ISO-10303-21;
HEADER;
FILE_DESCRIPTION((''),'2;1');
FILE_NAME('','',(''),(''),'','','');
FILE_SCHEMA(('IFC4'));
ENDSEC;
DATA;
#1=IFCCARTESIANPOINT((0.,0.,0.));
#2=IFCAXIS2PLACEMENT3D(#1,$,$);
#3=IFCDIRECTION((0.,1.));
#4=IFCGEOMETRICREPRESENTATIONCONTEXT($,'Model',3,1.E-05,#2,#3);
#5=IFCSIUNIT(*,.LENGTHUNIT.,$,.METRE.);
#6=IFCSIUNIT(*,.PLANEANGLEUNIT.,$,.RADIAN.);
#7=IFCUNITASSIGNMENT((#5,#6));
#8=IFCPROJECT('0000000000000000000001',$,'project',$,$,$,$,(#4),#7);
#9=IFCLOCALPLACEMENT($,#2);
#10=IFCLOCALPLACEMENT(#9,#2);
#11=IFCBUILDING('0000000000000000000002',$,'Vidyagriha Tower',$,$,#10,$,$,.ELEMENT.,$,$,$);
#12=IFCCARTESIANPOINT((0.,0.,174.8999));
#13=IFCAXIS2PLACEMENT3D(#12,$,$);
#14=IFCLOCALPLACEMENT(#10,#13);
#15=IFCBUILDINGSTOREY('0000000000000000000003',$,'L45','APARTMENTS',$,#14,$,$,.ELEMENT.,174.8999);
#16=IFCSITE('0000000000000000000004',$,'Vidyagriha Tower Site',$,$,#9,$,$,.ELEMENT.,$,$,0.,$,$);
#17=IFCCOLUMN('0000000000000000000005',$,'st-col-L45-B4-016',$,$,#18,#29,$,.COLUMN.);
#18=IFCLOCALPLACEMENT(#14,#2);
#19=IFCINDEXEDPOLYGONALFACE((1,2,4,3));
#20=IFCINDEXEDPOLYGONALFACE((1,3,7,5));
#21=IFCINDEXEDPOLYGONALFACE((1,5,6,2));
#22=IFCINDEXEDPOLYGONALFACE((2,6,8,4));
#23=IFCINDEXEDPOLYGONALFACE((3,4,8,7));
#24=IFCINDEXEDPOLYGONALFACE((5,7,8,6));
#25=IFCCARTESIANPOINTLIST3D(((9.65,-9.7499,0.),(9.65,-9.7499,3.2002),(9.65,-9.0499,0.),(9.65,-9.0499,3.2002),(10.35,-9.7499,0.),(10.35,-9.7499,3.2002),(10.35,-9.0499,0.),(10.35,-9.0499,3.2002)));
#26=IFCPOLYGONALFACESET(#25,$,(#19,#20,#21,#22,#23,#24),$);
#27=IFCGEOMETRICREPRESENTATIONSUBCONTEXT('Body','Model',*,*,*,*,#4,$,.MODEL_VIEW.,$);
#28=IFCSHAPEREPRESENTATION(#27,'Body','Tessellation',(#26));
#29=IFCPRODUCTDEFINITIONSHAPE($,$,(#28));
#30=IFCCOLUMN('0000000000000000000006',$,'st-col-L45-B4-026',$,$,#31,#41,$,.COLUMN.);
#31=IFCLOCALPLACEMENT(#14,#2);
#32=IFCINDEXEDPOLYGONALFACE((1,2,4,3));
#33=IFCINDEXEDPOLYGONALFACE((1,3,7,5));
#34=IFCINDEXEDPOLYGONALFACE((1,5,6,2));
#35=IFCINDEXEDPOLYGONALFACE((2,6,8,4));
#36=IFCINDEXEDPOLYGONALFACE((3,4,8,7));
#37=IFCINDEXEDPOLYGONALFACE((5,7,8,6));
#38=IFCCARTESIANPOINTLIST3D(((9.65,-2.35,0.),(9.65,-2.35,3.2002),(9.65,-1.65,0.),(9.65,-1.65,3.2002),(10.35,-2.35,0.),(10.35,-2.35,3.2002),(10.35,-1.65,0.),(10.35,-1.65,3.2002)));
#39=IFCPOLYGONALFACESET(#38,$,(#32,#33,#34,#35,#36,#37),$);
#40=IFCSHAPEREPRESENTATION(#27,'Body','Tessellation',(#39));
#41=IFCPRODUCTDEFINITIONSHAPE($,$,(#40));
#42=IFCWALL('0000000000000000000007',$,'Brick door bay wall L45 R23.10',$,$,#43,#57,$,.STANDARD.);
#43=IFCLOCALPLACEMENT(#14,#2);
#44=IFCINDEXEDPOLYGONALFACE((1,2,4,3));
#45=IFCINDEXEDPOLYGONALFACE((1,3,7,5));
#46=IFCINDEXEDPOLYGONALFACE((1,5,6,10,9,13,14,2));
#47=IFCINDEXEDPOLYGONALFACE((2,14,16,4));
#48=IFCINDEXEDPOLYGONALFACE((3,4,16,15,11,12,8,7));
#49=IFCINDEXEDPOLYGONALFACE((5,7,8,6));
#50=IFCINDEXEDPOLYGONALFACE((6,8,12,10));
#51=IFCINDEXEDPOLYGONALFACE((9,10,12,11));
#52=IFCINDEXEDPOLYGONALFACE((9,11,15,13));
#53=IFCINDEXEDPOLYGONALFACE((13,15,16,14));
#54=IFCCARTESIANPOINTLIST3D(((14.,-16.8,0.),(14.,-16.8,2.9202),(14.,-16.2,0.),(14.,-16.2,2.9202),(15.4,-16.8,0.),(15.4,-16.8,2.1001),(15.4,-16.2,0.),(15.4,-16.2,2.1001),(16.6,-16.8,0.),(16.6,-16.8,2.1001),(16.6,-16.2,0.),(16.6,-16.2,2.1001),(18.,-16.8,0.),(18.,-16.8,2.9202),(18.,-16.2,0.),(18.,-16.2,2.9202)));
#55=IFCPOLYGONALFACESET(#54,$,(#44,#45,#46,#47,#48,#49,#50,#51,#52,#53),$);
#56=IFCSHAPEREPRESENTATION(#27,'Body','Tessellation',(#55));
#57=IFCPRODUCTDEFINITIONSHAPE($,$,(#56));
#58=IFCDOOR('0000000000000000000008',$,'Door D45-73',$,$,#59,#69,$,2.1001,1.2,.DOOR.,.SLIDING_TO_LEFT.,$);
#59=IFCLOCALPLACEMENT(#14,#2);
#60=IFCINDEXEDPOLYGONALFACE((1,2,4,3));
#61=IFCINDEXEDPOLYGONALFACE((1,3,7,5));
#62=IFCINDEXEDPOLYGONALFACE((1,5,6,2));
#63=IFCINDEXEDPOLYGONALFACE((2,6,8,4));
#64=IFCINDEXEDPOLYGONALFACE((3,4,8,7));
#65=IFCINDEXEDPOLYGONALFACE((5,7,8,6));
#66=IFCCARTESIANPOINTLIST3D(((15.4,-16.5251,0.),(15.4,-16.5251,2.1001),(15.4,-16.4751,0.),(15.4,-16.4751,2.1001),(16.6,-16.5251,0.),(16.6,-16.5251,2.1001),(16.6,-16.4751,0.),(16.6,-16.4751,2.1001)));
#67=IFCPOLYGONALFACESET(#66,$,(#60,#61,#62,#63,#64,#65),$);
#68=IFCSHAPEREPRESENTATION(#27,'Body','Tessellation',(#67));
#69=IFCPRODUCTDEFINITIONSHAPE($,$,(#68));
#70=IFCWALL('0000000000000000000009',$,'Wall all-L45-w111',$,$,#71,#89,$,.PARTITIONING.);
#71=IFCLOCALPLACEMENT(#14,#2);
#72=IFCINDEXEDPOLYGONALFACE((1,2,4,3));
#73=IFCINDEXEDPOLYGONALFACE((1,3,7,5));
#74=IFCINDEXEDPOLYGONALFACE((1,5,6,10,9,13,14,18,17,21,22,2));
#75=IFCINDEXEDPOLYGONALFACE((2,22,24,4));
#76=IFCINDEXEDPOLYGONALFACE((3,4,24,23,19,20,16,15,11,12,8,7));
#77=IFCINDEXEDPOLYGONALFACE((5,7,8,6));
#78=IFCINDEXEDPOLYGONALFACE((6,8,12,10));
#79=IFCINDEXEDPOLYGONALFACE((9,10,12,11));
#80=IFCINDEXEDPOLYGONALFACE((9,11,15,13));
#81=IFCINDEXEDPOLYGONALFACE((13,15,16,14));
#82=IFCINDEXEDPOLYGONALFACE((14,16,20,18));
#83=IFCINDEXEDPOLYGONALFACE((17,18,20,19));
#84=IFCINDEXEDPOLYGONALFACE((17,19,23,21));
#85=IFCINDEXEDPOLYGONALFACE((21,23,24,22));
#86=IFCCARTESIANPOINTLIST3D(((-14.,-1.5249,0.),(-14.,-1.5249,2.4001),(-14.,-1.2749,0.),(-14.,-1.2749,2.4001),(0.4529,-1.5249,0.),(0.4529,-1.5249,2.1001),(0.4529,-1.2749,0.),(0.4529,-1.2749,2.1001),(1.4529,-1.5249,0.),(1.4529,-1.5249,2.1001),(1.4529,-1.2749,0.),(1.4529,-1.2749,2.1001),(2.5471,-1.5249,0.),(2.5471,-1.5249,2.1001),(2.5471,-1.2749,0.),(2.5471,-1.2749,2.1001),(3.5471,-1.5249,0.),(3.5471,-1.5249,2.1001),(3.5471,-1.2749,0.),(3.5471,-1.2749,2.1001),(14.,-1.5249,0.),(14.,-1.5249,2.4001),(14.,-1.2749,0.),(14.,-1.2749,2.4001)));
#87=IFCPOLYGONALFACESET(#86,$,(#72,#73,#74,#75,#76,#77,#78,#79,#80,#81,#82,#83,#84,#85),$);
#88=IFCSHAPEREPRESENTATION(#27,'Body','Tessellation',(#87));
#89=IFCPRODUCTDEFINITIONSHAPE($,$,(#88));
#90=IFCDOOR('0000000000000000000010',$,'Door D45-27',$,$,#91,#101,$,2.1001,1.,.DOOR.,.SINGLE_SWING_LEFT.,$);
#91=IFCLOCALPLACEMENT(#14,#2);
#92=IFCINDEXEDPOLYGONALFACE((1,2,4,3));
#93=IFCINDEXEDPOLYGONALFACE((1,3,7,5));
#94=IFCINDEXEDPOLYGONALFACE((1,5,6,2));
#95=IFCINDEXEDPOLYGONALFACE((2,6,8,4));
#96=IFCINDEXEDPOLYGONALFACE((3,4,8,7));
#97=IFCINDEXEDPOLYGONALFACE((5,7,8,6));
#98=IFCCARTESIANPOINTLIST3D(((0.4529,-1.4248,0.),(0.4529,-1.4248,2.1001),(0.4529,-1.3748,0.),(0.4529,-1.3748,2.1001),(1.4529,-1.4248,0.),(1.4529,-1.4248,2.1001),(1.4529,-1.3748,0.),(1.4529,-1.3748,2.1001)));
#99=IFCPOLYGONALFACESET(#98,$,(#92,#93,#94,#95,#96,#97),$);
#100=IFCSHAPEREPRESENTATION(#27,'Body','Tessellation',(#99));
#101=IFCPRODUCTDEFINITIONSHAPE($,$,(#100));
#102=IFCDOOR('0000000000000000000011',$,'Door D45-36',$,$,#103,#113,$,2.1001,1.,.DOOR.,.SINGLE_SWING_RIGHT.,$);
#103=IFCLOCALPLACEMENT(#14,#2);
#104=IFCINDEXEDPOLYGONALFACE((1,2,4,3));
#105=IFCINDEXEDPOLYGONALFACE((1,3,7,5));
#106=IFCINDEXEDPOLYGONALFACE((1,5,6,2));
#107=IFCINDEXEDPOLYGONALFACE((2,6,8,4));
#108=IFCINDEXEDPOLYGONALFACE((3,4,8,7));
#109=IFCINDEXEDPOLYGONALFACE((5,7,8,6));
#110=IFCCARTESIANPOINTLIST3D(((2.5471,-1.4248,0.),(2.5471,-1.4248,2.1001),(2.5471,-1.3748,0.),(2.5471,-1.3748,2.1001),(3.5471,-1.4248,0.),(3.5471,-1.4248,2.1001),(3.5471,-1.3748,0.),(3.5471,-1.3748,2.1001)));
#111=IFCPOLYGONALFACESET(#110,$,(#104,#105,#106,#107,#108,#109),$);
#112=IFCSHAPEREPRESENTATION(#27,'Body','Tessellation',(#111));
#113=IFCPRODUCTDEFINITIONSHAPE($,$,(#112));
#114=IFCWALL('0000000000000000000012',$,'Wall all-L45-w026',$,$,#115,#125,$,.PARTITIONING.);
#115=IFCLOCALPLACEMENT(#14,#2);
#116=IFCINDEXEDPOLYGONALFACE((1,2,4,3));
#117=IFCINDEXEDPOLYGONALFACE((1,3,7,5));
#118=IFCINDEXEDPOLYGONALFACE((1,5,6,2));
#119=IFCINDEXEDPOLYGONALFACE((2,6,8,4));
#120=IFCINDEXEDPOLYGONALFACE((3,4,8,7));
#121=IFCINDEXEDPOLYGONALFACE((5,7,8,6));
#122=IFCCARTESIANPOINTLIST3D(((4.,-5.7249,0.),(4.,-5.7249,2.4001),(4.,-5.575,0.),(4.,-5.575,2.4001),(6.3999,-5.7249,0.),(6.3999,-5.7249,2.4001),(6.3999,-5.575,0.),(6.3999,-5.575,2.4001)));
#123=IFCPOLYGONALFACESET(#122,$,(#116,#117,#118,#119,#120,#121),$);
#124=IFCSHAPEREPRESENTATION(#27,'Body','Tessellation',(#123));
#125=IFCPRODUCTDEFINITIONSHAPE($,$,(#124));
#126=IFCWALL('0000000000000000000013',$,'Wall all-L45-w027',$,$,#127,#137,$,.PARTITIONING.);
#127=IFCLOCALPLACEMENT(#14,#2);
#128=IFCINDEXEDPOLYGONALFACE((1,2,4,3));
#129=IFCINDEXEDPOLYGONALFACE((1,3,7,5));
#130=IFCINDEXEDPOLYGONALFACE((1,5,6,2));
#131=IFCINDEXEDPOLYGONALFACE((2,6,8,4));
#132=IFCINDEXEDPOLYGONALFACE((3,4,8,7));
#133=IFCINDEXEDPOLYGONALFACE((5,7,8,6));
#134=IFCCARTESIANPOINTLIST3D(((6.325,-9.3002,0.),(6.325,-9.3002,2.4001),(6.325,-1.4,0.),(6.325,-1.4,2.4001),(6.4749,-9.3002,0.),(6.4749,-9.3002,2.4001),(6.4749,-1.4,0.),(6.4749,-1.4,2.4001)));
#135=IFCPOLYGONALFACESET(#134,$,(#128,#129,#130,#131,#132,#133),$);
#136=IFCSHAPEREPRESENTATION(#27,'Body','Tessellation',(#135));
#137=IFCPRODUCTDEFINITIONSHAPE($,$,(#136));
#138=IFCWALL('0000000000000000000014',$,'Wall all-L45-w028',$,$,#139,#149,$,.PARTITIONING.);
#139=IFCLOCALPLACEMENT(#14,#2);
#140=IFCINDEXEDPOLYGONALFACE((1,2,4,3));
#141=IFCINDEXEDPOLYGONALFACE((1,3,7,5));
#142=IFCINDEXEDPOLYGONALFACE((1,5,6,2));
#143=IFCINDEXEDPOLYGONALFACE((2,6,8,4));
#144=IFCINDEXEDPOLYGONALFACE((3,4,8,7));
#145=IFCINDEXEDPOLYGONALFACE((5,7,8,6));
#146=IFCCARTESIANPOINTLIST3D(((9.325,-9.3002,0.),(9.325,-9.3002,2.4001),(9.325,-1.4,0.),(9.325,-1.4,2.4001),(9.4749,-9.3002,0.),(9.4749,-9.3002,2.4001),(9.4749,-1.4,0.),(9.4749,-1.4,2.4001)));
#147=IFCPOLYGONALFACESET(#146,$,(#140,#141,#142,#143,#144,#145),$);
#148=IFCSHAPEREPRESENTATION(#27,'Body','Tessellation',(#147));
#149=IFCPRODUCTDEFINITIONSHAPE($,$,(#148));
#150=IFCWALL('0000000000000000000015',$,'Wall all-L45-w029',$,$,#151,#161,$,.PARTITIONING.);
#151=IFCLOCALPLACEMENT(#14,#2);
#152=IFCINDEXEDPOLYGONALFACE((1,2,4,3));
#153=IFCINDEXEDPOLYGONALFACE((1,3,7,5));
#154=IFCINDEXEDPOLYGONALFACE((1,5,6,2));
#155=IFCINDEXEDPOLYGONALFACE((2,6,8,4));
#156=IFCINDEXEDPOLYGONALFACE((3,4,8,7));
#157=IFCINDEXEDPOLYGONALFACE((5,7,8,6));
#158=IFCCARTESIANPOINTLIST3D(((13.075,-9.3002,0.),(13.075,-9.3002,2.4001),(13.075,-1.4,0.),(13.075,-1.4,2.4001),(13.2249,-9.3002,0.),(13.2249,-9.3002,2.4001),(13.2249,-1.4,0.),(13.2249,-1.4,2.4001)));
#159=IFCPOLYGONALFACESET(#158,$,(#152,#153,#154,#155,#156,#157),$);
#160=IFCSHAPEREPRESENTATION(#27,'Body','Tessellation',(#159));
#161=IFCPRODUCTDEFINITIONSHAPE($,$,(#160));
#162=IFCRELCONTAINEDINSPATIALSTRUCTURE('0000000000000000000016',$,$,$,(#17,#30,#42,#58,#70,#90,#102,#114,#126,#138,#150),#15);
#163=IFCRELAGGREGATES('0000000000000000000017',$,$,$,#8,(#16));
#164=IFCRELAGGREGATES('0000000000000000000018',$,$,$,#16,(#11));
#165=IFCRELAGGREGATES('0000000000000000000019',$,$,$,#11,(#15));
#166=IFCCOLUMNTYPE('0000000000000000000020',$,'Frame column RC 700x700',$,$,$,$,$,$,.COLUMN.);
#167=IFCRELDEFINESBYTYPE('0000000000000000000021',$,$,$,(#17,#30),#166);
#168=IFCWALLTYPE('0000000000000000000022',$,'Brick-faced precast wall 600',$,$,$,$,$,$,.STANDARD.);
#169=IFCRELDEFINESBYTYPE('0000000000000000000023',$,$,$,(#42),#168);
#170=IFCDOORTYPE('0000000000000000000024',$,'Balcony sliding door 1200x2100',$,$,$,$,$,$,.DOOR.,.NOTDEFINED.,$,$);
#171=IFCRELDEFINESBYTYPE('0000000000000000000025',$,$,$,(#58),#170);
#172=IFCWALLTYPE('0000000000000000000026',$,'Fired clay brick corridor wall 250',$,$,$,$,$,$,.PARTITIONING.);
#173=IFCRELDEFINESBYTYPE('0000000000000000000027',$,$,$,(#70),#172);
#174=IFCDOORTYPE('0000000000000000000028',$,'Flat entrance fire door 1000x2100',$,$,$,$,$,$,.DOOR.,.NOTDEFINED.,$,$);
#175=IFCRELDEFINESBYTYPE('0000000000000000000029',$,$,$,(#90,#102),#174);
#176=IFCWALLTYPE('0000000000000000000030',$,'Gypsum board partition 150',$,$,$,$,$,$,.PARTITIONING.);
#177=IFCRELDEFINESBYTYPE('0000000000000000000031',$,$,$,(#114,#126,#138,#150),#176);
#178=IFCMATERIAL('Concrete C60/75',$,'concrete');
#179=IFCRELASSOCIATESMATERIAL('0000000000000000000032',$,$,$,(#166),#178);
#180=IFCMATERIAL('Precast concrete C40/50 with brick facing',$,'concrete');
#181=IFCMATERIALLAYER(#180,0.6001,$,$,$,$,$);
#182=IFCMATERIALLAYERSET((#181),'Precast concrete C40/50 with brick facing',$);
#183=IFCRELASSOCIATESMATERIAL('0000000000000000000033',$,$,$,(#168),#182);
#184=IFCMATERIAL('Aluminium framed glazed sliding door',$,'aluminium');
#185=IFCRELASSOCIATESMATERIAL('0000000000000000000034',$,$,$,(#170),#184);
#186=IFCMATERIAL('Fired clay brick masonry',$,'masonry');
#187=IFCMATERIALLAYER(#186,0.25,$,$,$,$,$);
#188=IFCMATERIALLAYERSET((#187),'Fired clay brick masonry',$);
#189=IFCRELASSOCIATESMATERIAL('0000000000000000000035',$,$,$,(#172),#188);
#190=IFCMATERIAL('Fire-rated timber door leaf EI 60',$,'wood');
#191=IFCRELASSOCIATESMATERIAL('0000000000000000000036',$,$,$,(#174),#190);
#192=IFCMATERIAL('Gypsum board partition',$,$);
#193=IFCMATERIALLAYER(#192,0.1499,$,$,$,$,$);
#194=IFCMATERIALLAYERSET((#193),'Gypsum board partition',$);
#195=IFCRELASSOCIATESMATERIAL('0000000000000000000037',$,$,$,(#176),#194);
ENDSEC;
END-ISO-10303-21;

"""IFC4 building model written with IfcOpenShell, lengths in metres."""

from ifc_helpers import new_model, si_unit, direction, frame, frame_2d, origin, origin_2d, place, context, subcontext, project, spatial, rectangle, extrude, material, layer, layer_set, material_profile, profile_set, type_object, element, fill, save


model = new_model("IFC4")

# Units and contexts
model_context = context("Model", 3, precision=1e-05, world=origin(), true_north=direction((0.0, 1.0)))
body_context = subcontext(model_context, "Body", "Model", "MODEL_VIEW")
ifc_project = project(units=[si_unit("LENGTHUNIT", "METRE"), si_unit("PLANEANGLEUNIT", "RADIAN")], contexts=[model_context])

# Site, building, storey
site_placement = place(None, origin())
site = spatial("IfcSite", under=ifc_project, at=site_placement, Name="Vidyagriha Tower Site", CompositionType="ELEMENT", RefElevation=0.0)
building_placement = place(site_placement, origin())
building = spatial("IfcBuilding", under=site, at=building_placement, Name="Vidyagriha Tower", CompositionType="ELEMENT")
storey_placement = place(building_placement, frame((0.0, 0.0, 174.8999)))
storey = spatial("IfcBuildingStorey", under=building, at=storey_placement, Name="L45", Description="APARTMENTS", CompositionType="ELEMENT", Elevation=174.8999)

# Columns
ifc_material_1 = material(Name="Concrete C60/75", Category="concrete")
ifc_material_profile = material_profile(ifc_material_1, rectangle(XDim=0.7, YDim=0.7, at=origin_2d()), Name="RC 700x700")
ifc_profile_set = profile_set([ifc_material_profile], Name="Concrete C60/75")
column_type = type_object("IfcColumnType", Name="Frame column RC 700x700", PredefinedType="COLUMN", material=ifc_profile_set)
for number, where, name in (
    (1, (10.0, -9.3999, 0.0), "st-col-L45-B4-016"),
    (2, (10.0, -2.0, 0.0), "st-col-L45-B4-026"),
):
    element("IfcColumn", number, at=place(storey_placement, frame(where)), inside=storey, type_object=column_type, Name=name, PredefinedType="COLUMN", context=body_context, shape_type="SweptSolid", body=[
        extrude(rectangle(XDim=0.7, YDim=0.7, at=origin_2d()), origin(), (0.0, 0.0, 1.0), 3.2002),
    ])

# Wall, opening, door
ifc_material_2 = material(Name="Precast concrete C40/50 with brick facing", Category="concrete")
ifc_layer_1 = layer(ifc_material_2, 0.6001)
ifc_layer_set_1 = layer_set([ifc_layer_1], Name="Precast concrete C40/50 with brick facing")
wall_type_1 = type_object("IfcWallType", Name="Brick-faced precast wall 600", PredefinedType="STANDARD", material=ifc_layer_set_1)
wall_1_placement = place(storey_placement, frame((14.0, -16.5, 0.0)))
wall_1 = element("IfcWall", 3, at=wall_1_placement, inside=storey, type_object=wall_type_1, Name="Brick door bay wall L45 R23.10", PredefinedType="STANDARD", context=body_context, shape_type="SweptSolid", body=[
    extrude(rectangle(XDim=4.0, YDim=0.6001, at=frame_2d((2.0, 0.0))), origin(), (0.0, 0.0, 1.0), 2.9202),
])
opening_1_placement = place(wall_1_placement, frame((1.3999, 0.0, 0.0)))
opening_1 = element("IfcOpeningElement", 4, at=opening_1_placement, cuts=wall_1, PredefinedType="OPENING", context=body_context, shape_type="SweptSolid", body=[
    extrude(rectangle(XDim=1.2, YDim=2.1001, at=frame_2d((0.6001, 1.05))), frame((0.0, 0.3101, 0.0), z_axis=(0.0, -1.0, 0.0), x_axis=(1.0, 0.0, 0.0)), (0.0, 0.0, 1.0), 0.6201),
])
ifc_material_3 = material(Name="Aluminium framed glazed sliding door", Category="aluminium")
door_type_1 = type_object("IfcDoorType", Name="Balcony sliding door 1200x2100", OperationType="NOTDEFINED", PredefinedType="DOOR", material=ifc_material_3)
door_1_placement = place(opening_1_placement, origin())
door_1 = element("IfcDoor", 5, at=door_1_placement, inside=storey, type_object=door_type_1, Name="Door D45-73", OperationType="SLIDING_TO_LEFT", OverallHeight=2.1001, OverallWidth=1.2, PredefinedType="DOOR", context=body_context, shape_type="SweptSolid", body=[
    extrude(rectangle(XDim=1.2, YDim=2.1001, at=frame_2d((0.6001, 1.05))), frame((0.0, 0.0249, 0.0), z_axis=(0.0, -1.0, 0.0), x_axis=(1.0, 0.0, 0.0)), (0.0, 0.0, 1.0), 0.05),
])
fill(opening_1, door_1)

# Wall, openings, doors
ifc_material_4 = material(Name="Fired clay brick masonry", Category="masonry")
ifc_layer_2 = layer(ifc_material_4, 0.25)
ifc_layer_set_2 = layer_set([ifc_layer_2], Name="Fired clay brick masonry")
wall_type_2 = type_object("IfcWallType", Name="Fired clay brick corridor wall 250", PredefinedType="PARTITIONING", material=ifc_layer_set_2)
wall_2_placement = place(storey_placement, frame((14.0, -1.3999, 0.0), z_axis=(0.0, 0.0, 1.0), x_axis=(-1.0, 0.0, 0.0)))
wall_2 = element("IfcWall", 6, at=wall_2_placement, inside=storey, type_object=wall_type_2, Name="Wall all-L45-w111", PredefinedType="PARTITIONING", context=body_context, shape_type="SweptSolid", body=[
    extrude(rectangle(XDim=28.0, YDim=0.25, at=frame_2d((14.0, 0.0))), origin(), (0.0, 0.0, 1.0), 2.4001),
])
opening_2_placement = place(wall_2_placement, frame((12.5471, 0.0, 0.0)))
opening_2 = element("IfcOpeningElement", 7, at=opening_2_placement, cuts=wall_2, PredefinedType="OPENING", context=body_context, shape_type="SweptSolid", body=[
    extrude(rectangle(XDim=1.0, YDim=2.1001, at=frame_2d((0.5, 1.05))), frame((0.0, 0.135, 0.0), z_axis=(0.0, -1.0, 0.0), x_axis=(1.0, 0.0, 0.0)), (0.0, 0.0, 1.0), 0.27),
])
opening_3_placement = place(wall_2_placement, frame((10.4529, 0.0, 0.0)))
opening_3 = element("IfcOpeningElement", 8, at=opening_3_placement, cuts=wall_2, PredefinedType="OPENING", context=body_context, shape_type="SweptSolid", body=[
    extrude(rectangle(XDim=1.0, YDim=2.1001, at=frame_2d((0.5, 1.05))), frame((0.0, 0.135, 0.0), z_axis=(0.0, -1.0, 0.0), x_axis=(1.0, 0.0, 0.0)), (0.0, 0.0, 1.0), 0.27),
])
ifc_material_5 = material(Name="Fire-rated timber door leaf EI 60", Category="wood")
door_type_2 = type_object("IfcDoorType", Name="Flat entrance fire door 1000x2100", OperationType="NOTDEFINED", PredefinedType="DOOR", material=ifc_material_5)
door_2_placement = place(opening_2_placement, origin())
door_2 = element("IfcDoor", 9, at=door_2_placement, inside=storey, type_object=door_type_2, Name="Door D45-27", OperationType="SINGLE_SWING_LEFT", OverallHeight=2.1001, OverallWidth=1.0, PredefinedType="DOOR", context=body_context, shape_type="SweptSolid", body=[
    extrude(rectangle(XDim=1.0, YDim=2.1001, at=frame_2d((0.5, 1.05))), frame((0.0, 0.0249, 0.0), z_axis=(0.0, -1.0, 0.0), x_axis=(1.0, 0.0, 0.0)), (0.0, 0.0, 1.0), 0.05),
])
fill(opening_2, door_2)
door_3_placement = place(opening_3_placement, origin())
door_3 = element("IfcDoor", 10, at=door_3_placement, inside=storey, type_object=door_type_2, Name="Door D45-36", OperationType="SINGLE_SWING_RIGHT", OverallHeight=2.1001, OverallWidth=1.0, PredefinedType="DOOR", context=body_context, shape_type="SweptSolid", body=[
    extrude(rectangle(XDim=1.0, YDim=2.1001, at=frame_2d((0.5, 1.05))), frame((0.0, 0.0249, 0.0), z_axis=(0.0, -1.0, 0.0), x_axis=(1.0, 0.0, 0.0)), (0.0, 0.0, 1.0), 0.05),
])
fill(opening_3, door_3)

# Walls
ifc_material_6 = material(Name="Gypsum board partition")
ifc_layer_3 = layer(ifc_material_6, 0.1499)
ifc_layer_set_3 = layer_set([ifc_layer_3], Name="Gypsum board partition")
wall_type_3 = type_object("IfcWallType", Name="Gypsum board partition 150", PredefinedType="PARTITIONING", material=ifc_layer_set_3)
wall_3_placement = place(storey_placement, frame((6.3999, -5.6499, 0.0), z_axis=(0.0, 0.0, 1.0), x_axis=(-1.0, 0.0, 0.0)))
element("IfcWall", 11, at=wall_3_placement, inside=storey, type_object=wall_type_3, Name="Wall all-L45-w026", PredefinedType="PARTITIONING", context=body_context, shape_type="SweptSolid", body=[
    extrude(rectangle(XDim=2.3999, YDim=0.1499, at=frame_2d((1.2, 0.0))), origin(), (0.0, 0.0, 1.0), 2.4001),
])
for number, where, z_axis, x_axis, name in (
    (12, (6.3999, -1.3999, 0.0), (0.0, 0.0, 1.0), (0.0, -1.0, 0.0), "Wall all-L45-w027"),
    (13, (9.3999, -1.3999, 0.0), (0.0, 0.0, 1.0), (0.0, -1.0, 0.0), "Wall all-L45-w028"),
    (14, (13.1499, -1.3999, 0.0), (0.0, 0.0, 1.0), (0.0, -1.0, 0.0), "Wall all-L45-w029"),
):
    element("IfcWall", number, at=place(storey_placement, frame(where, z_axis=z_axis, x_axis=x_axis)), inside=storey, type_object=wall_type_3, Name=name, PredefinedType="PARTITIONING", context=body_context, shape_type="SweptSolid", body=[
        extrude(rectangle(XDim=7.9001, YDim=0.1499, at=frame_2d((3.9502, 0.0))), origin(), (0.0, 0.0, 1.0), 2.4001),
    ])

save(model, "model.ifc")
